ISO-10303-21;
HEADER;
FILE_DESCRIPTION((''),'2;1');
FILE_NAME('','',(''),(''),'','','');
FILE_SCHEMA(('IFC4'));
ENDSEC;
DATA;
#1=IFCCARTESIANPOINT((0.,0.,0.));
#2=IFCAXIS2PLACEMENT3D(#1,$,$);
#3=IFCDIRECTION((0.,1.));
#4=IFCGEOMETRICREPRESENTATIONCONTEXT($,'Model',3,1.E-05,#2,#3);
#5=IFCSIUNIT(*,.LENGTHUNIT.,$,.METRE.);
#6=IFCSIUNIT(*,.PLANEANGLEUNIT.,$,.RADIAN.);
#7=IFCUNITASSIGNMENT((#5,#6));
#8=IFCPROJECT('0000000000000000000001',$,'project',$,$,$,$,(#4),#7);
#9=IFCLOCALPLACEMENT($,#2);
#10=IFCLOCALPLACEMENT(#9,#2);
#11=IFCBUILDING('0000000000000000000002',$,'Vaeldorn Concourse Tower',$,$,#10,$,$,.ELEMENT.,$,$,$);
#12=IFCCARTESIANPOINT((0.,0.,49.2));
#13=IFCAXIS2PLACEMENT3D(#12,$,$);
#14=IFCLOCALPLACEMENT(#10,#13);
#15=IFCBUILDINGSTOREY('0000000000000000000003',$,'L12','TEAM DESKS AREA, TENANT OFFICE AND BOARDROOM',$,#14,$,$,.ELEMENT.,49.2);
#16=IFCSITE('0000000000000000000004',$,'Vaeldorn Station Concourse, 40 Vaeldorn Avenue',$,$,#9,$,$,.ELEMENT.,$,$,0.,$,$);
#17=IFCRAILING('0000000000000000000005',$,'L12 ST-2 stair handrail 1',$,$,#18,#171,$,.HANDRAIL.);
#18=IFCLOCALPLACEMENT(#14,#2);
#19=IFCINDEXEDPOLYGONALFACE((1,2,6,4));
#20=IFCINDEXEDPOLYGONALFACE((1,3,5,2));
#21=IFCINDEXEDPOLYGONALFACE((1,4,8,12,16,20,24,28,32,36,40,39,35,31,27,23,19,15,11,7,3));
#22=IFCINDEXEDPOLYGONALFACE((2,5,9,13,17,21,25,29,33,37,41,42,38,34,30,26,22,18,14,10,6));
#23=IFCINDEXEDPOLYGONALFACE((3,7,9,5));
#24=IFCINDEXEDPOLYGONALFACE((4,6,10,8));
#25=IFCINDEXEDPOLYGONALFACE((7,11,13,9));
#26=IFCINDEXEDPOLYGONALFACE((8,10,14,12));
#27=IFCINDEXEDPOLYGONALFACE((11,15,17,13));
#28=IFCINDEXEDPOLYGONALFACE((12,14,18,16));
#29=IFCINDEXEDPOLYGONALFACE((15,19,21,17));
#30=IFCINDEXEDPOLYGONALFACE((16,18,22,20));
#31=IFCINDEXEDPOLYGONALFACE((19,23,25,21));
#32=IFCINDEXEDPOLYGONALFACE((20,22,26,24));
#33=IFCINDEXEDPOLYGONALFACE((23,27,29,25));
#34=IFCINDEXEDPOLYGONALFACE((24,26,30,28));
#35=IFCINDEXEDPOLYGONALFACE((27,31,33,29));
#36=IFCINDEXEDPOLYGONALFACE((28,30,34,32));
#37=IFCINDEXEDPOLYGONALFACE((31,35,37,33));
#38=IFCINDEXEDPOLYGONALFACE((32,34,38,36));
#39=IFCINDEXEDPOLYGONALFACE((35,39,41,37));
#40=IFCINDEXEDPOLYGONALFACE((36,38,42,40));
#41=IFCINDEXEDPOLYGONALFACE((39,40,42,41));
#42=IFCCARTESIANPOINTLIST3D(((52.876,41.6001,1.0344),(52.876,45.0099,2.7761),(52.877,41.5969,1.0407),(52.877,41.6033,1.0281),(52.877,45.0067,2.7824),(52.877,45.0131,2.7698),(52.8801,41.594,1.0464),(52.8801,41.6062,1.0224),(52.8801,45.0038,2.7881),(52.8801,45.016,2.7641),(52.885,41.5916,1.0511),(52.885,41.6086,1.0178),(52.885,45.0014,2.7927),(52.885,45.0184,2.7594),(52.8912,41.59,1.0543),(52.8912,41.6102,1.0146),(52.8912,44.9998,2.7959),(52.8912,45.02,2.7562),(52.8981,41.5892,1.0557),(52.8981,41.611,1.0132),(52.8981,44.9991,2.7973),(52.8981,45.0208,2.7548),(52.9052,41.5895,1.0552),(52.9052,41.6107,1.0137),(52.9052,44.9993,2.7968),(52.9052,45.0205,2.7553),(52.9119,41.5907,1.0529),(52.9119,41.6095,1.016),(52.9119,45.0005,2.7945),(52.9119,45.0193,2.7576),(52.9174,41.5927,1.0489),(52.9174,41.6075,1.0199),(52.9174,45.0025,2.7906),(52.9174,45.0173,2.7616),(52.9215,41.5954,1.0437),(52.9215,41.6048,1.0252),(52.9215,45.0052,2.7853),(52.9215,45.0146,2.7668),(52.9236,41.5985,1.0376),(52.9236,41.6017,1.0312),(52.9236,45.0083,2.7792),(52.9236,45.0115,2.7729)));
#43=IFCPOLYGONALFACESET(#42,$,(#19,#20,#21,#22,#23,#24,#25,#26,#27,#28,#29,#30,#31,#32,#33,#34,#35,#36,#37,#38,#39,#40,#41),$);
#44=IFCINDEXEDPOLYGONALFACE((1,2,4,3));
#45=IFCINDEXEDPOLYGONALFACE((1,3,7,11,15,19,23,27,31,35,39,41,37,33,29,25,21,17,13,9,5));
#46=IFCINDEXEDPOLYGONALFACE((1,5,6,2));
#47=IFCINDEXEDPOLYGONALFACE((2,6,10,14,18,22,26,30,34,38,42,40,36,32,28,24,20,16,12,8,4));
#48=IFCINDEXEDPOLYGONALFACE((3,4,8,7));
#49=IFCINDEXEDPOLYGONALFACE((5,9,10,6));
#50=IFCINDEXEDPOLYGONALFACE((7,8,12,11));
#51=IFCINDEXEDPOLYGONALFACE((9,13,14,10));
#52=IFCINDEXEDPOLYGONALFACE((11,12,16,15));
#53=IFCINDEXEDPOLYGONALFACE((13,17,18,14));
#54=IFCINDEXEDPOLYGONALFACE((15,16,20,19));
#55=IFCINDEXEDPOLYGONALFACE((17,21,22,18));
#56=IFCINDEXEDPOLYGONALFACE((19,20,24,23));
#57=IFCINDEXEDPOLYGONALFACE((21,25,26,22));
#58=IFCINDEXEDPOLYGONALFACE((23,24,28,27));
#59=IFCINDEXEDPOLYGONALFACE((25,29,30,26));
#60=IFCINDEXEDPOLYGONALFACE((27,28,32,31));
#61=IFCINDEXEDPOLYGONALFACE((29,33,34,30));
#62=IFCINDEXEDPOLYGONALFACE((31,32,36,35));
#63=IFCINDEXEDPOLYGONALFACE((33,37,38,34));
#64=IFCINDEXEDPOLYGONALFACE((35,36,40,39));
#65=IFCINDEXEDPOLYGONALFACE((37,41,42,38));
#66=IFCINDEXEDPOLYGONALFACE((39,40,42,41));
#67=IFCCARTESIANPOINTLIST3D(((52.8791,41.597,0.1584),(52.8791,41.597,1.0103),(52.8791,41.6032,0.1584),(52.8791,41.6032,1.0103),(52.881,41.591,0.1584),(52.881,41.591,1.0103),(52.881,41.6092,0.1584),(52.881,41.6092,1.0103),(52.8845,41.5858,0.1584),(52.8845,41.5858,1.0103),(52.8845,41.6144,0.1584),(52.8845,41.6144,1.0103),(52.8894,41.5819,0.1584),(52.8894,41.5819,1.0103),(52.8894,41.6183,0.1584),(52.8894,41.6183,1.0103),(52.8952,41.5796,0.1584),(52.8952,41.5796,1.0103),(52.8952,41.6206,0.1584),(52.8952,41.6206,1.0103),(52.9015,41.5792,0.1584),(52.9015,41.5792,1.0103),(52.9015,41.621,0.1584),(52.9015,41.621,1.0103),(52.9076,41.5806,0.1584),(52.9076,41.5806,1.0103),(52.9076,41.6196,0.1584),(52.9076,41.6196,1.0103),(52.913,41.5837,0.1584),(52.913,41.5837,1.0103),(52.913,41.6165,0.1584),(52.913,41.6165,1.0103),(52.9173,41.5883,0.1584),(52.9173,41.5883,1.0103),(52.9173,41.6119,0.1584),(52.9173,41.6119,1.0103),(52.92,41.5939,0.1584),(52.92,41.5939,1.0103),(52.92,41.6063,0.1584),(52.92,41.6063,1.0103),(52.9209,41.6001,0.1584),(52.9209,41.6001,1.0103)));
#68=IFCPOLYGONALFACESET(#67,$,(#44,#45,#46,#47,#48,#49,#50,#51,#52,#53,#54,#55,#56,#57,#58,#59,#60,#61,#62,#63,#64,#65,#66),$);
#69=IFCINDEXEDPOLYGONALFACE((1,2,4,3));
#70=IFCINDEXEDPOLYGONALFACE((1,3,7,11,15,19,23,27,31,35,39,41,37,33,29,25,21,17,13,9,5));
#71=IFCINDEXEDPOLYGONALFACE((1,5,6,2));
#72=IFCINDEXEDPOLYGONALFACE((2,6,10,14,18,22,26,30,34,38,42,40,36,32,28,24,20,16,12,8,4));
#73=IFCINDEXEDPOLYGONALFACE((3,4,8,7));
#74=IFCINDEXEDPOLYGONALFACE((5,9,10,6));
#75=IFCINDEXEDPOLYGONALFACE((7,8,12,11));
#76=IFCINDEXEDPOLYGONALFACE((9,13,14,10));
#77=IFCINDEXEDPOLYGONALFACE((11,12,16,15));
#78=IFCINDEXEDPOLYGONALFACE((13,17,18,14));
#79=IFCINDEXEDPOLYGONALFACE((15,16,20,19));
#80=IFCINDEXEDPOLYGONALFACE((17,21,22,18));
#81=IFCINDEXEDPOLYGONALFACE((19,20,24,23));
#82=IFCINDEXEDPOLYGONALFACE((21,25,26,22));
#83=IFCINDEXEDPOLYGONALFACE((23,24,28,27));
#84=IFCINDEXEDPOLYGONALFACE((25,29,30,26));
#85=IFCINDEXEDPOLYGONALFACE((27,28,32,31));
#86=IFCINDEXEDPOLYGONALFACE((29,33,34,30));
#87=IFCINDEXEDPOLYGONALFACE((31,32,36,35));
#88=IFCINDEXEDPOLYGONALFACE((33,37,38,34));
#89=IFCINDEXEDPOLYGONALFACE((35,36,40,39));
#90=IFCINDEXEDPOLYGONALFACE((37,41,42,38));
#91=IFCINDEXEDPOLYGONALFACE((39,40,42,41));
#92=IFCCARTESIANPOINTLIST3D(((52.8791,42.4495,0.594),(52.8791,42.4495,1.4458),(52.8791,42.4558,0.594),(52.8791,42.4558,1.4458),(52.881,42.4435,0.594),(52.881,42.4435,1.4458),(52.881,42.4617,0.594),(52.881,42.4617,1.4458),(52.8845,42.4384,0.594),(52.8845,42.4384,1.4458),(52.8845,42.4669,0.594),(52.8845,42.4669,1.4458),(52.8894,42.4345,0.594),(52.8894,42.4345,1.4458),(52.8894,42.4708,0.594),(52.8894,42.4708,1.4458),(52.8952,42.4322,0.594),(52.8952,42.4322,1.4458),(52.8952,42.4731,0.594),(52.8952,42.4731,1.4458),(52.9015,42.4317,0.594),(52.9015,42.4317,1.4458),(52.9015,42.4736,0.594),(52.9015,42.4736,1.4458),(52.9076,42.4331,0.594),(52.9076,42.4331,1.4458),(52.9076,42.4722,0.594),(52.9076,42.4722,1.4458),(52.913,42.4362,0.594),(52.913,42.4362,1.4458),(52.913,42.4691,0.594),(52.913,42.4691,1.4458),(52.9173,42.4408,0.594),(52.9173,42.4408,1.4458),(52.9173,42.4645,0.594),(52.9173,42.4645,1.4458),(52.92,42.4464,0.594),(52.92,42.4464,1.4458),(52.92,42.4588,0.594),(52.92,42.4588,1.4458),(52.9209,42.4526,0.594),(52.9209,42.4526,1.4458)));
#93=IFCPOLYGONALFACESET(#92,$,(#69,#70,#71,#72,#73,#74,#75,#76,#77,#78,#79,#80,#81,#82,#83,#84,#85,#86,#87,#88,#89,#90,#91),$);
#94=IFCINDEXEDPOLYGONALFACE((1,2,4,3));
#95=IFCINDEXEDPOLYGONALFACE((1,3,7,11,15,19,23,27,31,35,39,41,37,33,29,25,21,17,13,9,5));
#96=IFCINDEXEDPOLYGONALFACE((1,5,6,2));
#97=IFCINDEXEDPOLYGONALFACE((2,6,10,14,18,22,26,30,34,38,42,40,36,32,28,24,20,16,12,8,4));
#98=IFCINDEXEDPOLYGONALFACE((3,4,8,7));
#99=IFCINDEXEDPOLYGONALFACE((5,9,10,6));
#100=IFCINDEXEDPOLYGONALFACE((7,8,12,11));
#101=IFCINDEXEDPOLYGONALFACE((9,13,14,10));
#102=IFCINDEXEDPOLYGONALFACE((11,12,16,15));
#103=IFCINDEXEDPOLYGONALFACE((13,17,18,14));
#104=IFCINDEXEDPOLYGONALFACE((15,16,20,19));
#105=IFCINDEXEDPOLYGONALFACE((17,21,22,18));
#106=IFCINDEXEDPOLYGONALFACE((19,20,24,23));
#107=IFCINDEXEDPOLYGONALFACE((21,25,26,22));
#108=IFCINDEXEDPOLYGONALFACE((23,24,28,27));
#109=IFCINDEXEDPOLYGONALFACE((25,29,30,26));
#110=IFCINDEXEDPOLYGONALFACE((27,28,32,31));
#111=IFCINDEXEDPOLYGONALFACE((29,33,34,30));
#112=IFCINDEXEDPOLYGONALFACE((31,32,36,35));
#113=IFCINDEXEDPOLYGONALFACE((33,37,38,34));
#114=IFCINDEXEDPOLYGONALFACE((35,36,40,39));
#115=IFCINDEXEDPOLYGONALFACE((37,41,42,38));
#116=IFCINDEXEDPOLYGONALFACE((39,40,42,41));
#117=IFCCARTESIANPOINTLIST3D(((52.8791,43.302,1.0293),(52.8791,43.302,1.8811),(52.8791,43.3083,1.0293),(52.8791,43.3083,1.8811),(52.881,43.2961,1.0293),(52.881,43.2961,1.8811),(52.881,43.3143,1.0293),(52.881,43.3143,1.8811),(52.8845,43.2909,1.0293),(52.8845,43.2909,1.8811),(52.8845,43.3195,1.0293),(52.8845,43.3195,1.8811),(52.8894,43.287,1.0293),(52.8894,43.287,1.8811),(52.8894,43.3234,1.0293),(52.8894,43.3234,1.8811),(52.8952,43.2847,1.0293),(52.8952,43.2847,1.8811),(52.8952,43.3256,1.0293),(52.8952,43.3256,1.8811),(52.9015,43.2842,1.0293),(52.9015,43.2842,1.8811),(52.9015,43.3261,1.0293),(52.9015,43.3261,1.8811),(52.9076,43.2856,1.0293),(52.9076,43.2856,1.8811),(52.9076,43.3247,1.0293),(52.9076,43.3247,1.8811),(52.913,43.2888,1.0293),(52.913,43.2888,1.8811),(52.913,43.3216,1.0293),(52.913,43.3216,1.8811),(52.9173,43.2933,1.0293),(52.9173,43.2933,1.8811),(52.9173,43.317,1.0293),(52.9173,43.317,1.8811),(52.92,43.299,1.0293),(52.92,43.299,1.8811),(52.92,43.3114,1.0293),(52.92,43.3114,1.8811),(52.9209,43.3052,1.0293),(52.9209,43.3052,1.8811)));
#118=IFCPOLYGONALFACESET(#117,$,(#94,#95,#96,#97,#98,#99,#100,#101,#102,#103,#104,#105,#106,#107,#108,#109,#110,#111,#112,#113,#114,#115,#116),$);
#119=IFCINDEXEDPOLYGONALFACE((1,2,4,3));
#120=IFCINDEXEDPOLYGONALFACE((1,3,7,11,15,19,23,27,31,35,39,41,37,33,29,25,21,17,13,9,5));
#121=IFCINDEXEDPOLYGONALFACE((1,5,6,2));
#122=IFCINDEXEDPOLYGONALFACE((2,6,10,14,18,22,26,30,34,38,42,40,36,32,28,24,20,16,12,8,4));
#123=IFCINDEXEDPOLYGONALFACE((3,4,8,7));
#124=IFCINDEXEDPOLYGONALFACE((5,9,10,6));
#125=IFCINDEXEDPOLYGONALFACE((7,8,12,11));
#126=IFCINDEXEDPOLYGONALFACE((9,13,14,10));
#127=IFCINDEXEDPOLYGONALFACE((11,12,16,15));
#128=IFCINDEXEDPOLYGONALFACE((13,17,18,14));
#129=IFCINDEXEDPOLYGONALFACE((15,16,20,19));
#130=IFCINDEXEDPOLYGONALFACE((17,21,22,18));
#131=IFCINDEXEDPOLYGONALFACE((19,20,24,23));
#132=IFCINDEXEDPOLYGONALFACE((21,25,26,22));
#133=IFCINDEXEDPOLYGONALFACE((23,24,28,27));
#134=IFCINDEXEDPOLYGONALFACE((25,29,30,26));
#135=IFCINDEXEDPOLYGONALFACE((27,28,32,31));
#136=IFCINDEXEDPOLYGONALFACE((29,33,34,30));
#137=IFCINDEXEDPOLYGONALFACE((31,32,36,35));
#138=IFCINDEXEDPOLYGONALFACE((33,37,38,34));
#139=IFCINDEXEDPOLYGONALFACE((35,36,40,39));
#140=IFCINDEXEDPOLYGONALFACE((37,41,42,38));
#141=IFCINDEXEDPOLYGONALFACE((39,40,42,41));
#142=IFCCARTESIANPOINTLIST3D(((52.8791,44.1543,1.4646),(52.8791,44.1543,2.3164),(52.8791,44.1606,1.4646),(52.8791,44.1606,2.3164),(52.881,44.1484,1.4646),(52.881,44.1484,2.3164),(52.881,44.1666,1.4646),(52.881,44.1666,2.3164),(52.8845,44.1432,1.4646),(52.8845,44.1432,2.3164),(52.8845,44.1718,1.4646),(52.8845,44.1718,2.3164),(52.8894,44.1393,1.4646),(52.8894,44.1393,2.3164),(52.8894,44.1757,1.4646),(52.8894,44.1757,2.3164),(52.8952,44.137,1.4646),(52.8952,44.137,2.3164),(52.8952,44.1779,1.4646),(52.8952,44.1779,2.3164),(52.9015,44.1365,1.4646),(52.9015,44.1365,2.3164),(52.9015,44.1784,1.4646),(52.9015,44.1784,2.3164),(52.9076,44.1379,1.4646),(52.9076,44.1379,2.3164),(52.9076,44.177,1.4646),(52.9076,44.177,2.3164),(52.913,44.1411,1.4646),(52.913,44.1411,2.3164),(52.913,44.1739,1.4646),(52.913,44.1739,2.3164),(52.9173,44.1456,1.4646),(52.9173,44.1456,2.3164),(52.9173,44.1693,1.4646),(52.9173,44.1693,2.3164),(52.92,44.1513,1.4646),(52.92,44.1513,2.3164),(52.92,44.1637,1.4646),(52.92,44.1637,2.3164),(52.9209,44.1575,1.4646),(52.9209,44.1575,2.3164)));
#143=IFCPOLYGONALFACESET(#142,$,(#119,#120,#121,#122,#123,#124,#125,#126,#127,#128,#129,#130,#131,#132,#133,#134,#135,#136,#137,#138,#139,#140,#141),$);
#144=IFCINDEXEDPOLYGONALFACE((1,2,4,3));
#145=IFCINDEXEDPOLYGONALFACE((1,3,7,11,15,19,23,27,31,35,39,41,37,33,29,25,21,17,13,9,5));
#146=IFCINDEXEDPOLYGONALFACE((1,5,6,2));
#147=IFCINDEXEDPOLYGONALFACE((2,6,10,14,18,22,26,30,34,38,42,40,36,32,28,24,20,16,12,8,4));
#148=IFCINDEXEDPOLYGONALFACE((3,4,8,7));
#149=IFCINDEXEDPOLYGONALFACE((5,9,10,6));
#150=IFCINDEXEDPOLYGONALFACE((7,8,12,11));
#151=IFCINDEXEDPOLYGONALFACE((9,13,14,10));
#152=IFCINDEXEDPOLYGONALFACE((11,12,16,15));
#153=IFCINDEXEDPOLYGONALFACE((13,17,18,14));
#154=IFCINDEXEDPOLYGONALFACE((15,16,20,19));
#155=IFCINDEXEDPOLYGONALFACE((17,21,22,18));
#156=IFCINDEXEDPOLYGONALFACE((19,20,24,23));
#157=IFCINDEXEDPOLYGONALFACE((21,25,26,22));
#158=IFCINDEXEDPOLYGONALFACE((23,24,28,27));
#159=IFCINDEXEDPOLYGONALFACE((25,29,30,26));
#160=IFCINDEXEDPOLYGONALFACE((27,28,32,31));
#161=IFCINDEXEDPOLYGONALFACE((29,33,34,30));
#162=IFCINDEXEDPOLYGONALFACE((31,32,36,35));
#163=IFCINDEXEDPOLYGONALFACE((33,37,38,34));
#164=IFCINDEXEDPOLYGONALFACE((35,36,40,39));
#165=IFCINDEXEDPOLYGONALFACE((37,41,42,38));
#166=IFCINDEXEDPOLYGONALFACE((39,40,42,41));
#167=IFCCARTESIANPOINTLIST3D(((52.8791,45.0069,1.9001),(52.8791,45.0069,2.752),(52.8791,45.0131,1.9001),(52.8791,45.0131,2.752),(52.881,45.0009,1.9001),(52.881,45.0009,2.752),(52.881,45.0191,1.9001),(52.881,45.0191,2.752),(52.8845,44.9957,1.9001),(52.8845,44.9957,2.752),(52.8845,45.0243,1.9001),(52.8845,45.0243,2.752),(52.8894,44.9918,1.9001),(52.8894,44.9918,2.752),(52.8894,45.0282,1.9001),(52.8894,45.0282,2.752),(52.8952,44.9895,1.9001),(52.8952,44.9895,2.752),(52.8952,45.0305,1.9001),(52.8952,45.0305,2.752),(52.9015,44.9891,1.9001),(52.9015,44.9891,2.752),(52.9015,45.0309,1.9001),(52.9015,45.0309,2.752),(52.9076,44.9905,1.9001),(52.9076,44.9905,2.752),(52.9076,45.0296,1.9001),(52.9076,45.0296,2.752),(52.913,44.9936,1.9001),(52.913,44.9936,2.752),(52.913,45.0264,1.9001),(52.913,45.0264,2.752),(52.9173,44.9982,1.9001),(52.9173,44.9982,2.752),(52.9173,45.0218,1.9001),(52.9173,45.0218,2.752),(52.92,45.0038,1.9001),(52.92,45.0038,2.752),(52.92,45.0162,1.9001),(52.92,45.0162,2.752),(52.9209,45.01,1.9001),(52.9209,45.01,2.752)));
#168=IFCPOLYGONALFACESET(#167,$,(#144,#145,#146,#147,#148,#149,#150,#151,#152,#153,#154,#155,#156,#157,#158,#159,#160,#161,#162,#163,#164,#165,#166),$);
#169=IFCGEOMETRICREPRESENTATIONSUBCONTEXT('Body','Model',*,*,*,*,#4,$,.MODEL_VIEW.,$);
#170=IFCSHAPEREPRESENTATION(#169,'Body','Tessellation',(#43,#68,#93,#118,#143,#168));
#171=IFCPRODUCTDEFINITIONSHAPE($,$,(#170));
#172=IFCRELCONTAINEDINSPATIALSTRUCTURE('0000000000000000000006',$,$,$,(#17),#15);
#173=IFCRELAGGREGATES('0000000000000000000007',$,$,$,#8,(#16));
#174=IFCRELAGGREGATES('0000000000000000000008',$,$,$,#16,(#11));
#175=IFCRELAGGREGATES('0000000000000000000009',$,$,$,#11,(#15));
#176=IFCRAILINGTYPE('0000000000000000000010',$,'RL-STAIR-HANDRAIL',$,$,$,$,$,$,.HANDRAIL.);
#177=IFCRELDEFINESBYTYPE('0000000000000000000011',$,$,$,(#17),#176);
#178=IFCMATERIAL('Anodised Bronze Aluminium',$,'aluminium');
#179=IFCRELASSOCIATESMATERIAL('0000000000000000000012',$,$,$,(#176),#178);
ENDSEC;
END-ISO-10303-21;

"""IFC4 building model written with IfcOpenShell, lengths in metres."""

from ifc_helpers import new_model, si_unit, direction, frame, origin, origin_2d, place, context, subcontext, project, spatial, circle, extrude, material, type_object, element, save


model = new_model("IFC4")

# Units and contexts
model_context = context("Model", 3, precision=1e-05, world=origin(), true_north=direction((0.0, 1.0)))
body_context = subcontext(model_context, "Body", "Model", "MODEL_VIEW")
ifc_project = project(units=[si_unit("LENGTHUNIT", "METRE"), si_unit("PLANEANGLEUNIT", "RADIAN")], contexts=[model_context])

# Site, building, storey
site_placement = place(None, origin())
site = spatial("IfcSite", under=ifc_project, at=site_placement, Name="Vaeldorn Station Concourse, 40 Vaeldorn Avenue", CompositionType="ELEMENT", RefElevation=0.0)
building_placement = place(site_placement, origin())
building = spatial("IfcBuilding", under=site, at=building_placement, Name="Vaeldorn Concourse Tower", CompositionType="ELEMENT")
storey_placement = place(building_placement, frame((0.0, 0.0, 49.2)))
storey = spatial("IfcBuildingStorey", under=building, at=storey_placement, Name="L12", Description="TEAM DESKS AREA, TENANT OFFICE AND BOARDROOM", CompositionType="ELEMENT", Elevation=49.2)

# Shared definitions
ifc_material_1 = material(Name="Anodised Bronze Aluminium", Category="aluminium")

# Railing
railing_type_1 = type_object("IfcRailingType", Name="RL-STAIR-HANDRAIL", PredefinedType="HANDRAIL", material=ifc_material_1)
railing_1_placement = place(storey_placement, frame((52.8999, 41.6001, 0.1584)))
element("IfcRailing", 1, at=railing_1_placement, inside=storey, type_object=railing_type_1, Name="L12 ST-2 stair handrail 1", PredefinedType="HANDRAIL", context=body_context, shape_type="SweptSolid", body=[
    extrude(circle(Radius=0.0239, at=origin_2d()), frame((0.0, 0.0, 0.876), z_axis=(0.0, 0.890556, 0.454874), x_axis=(-1.0, 0.0, 0.0)), (0.0, 0.0, 1.0), 3.8289),
    extrude(circle(Radius=0.021, at=origin_2d()), origin(), (0.0, 0.0, 1.0), 0.8518),
    extrude(circle(Radius=0.021, at=origin_2d()), frame((0.0, 0.8525, 0.4355)), (0.0, 0.0, 1.0), 0.8518),
    extrude(circle(Radius=0.021, at=origin_2d()), frame((0.0, 1.7051, 0.8708)), (0.0, 0.0, 1.0), 0.8518),
    extrude(circle(Radius=0.021, at=origin_2d()), frame((0.0, 2.5574, 1.3062)), (0.0, 0.0, 1.0), 0.8518),
    extrude(circle(Radius=0.021, at=origin_2d()), frame((0.0, 3.4099, 1.7417)), (0.0, 0.0, 1.0), 0.8518),
])

save(model, "model.ifc")
